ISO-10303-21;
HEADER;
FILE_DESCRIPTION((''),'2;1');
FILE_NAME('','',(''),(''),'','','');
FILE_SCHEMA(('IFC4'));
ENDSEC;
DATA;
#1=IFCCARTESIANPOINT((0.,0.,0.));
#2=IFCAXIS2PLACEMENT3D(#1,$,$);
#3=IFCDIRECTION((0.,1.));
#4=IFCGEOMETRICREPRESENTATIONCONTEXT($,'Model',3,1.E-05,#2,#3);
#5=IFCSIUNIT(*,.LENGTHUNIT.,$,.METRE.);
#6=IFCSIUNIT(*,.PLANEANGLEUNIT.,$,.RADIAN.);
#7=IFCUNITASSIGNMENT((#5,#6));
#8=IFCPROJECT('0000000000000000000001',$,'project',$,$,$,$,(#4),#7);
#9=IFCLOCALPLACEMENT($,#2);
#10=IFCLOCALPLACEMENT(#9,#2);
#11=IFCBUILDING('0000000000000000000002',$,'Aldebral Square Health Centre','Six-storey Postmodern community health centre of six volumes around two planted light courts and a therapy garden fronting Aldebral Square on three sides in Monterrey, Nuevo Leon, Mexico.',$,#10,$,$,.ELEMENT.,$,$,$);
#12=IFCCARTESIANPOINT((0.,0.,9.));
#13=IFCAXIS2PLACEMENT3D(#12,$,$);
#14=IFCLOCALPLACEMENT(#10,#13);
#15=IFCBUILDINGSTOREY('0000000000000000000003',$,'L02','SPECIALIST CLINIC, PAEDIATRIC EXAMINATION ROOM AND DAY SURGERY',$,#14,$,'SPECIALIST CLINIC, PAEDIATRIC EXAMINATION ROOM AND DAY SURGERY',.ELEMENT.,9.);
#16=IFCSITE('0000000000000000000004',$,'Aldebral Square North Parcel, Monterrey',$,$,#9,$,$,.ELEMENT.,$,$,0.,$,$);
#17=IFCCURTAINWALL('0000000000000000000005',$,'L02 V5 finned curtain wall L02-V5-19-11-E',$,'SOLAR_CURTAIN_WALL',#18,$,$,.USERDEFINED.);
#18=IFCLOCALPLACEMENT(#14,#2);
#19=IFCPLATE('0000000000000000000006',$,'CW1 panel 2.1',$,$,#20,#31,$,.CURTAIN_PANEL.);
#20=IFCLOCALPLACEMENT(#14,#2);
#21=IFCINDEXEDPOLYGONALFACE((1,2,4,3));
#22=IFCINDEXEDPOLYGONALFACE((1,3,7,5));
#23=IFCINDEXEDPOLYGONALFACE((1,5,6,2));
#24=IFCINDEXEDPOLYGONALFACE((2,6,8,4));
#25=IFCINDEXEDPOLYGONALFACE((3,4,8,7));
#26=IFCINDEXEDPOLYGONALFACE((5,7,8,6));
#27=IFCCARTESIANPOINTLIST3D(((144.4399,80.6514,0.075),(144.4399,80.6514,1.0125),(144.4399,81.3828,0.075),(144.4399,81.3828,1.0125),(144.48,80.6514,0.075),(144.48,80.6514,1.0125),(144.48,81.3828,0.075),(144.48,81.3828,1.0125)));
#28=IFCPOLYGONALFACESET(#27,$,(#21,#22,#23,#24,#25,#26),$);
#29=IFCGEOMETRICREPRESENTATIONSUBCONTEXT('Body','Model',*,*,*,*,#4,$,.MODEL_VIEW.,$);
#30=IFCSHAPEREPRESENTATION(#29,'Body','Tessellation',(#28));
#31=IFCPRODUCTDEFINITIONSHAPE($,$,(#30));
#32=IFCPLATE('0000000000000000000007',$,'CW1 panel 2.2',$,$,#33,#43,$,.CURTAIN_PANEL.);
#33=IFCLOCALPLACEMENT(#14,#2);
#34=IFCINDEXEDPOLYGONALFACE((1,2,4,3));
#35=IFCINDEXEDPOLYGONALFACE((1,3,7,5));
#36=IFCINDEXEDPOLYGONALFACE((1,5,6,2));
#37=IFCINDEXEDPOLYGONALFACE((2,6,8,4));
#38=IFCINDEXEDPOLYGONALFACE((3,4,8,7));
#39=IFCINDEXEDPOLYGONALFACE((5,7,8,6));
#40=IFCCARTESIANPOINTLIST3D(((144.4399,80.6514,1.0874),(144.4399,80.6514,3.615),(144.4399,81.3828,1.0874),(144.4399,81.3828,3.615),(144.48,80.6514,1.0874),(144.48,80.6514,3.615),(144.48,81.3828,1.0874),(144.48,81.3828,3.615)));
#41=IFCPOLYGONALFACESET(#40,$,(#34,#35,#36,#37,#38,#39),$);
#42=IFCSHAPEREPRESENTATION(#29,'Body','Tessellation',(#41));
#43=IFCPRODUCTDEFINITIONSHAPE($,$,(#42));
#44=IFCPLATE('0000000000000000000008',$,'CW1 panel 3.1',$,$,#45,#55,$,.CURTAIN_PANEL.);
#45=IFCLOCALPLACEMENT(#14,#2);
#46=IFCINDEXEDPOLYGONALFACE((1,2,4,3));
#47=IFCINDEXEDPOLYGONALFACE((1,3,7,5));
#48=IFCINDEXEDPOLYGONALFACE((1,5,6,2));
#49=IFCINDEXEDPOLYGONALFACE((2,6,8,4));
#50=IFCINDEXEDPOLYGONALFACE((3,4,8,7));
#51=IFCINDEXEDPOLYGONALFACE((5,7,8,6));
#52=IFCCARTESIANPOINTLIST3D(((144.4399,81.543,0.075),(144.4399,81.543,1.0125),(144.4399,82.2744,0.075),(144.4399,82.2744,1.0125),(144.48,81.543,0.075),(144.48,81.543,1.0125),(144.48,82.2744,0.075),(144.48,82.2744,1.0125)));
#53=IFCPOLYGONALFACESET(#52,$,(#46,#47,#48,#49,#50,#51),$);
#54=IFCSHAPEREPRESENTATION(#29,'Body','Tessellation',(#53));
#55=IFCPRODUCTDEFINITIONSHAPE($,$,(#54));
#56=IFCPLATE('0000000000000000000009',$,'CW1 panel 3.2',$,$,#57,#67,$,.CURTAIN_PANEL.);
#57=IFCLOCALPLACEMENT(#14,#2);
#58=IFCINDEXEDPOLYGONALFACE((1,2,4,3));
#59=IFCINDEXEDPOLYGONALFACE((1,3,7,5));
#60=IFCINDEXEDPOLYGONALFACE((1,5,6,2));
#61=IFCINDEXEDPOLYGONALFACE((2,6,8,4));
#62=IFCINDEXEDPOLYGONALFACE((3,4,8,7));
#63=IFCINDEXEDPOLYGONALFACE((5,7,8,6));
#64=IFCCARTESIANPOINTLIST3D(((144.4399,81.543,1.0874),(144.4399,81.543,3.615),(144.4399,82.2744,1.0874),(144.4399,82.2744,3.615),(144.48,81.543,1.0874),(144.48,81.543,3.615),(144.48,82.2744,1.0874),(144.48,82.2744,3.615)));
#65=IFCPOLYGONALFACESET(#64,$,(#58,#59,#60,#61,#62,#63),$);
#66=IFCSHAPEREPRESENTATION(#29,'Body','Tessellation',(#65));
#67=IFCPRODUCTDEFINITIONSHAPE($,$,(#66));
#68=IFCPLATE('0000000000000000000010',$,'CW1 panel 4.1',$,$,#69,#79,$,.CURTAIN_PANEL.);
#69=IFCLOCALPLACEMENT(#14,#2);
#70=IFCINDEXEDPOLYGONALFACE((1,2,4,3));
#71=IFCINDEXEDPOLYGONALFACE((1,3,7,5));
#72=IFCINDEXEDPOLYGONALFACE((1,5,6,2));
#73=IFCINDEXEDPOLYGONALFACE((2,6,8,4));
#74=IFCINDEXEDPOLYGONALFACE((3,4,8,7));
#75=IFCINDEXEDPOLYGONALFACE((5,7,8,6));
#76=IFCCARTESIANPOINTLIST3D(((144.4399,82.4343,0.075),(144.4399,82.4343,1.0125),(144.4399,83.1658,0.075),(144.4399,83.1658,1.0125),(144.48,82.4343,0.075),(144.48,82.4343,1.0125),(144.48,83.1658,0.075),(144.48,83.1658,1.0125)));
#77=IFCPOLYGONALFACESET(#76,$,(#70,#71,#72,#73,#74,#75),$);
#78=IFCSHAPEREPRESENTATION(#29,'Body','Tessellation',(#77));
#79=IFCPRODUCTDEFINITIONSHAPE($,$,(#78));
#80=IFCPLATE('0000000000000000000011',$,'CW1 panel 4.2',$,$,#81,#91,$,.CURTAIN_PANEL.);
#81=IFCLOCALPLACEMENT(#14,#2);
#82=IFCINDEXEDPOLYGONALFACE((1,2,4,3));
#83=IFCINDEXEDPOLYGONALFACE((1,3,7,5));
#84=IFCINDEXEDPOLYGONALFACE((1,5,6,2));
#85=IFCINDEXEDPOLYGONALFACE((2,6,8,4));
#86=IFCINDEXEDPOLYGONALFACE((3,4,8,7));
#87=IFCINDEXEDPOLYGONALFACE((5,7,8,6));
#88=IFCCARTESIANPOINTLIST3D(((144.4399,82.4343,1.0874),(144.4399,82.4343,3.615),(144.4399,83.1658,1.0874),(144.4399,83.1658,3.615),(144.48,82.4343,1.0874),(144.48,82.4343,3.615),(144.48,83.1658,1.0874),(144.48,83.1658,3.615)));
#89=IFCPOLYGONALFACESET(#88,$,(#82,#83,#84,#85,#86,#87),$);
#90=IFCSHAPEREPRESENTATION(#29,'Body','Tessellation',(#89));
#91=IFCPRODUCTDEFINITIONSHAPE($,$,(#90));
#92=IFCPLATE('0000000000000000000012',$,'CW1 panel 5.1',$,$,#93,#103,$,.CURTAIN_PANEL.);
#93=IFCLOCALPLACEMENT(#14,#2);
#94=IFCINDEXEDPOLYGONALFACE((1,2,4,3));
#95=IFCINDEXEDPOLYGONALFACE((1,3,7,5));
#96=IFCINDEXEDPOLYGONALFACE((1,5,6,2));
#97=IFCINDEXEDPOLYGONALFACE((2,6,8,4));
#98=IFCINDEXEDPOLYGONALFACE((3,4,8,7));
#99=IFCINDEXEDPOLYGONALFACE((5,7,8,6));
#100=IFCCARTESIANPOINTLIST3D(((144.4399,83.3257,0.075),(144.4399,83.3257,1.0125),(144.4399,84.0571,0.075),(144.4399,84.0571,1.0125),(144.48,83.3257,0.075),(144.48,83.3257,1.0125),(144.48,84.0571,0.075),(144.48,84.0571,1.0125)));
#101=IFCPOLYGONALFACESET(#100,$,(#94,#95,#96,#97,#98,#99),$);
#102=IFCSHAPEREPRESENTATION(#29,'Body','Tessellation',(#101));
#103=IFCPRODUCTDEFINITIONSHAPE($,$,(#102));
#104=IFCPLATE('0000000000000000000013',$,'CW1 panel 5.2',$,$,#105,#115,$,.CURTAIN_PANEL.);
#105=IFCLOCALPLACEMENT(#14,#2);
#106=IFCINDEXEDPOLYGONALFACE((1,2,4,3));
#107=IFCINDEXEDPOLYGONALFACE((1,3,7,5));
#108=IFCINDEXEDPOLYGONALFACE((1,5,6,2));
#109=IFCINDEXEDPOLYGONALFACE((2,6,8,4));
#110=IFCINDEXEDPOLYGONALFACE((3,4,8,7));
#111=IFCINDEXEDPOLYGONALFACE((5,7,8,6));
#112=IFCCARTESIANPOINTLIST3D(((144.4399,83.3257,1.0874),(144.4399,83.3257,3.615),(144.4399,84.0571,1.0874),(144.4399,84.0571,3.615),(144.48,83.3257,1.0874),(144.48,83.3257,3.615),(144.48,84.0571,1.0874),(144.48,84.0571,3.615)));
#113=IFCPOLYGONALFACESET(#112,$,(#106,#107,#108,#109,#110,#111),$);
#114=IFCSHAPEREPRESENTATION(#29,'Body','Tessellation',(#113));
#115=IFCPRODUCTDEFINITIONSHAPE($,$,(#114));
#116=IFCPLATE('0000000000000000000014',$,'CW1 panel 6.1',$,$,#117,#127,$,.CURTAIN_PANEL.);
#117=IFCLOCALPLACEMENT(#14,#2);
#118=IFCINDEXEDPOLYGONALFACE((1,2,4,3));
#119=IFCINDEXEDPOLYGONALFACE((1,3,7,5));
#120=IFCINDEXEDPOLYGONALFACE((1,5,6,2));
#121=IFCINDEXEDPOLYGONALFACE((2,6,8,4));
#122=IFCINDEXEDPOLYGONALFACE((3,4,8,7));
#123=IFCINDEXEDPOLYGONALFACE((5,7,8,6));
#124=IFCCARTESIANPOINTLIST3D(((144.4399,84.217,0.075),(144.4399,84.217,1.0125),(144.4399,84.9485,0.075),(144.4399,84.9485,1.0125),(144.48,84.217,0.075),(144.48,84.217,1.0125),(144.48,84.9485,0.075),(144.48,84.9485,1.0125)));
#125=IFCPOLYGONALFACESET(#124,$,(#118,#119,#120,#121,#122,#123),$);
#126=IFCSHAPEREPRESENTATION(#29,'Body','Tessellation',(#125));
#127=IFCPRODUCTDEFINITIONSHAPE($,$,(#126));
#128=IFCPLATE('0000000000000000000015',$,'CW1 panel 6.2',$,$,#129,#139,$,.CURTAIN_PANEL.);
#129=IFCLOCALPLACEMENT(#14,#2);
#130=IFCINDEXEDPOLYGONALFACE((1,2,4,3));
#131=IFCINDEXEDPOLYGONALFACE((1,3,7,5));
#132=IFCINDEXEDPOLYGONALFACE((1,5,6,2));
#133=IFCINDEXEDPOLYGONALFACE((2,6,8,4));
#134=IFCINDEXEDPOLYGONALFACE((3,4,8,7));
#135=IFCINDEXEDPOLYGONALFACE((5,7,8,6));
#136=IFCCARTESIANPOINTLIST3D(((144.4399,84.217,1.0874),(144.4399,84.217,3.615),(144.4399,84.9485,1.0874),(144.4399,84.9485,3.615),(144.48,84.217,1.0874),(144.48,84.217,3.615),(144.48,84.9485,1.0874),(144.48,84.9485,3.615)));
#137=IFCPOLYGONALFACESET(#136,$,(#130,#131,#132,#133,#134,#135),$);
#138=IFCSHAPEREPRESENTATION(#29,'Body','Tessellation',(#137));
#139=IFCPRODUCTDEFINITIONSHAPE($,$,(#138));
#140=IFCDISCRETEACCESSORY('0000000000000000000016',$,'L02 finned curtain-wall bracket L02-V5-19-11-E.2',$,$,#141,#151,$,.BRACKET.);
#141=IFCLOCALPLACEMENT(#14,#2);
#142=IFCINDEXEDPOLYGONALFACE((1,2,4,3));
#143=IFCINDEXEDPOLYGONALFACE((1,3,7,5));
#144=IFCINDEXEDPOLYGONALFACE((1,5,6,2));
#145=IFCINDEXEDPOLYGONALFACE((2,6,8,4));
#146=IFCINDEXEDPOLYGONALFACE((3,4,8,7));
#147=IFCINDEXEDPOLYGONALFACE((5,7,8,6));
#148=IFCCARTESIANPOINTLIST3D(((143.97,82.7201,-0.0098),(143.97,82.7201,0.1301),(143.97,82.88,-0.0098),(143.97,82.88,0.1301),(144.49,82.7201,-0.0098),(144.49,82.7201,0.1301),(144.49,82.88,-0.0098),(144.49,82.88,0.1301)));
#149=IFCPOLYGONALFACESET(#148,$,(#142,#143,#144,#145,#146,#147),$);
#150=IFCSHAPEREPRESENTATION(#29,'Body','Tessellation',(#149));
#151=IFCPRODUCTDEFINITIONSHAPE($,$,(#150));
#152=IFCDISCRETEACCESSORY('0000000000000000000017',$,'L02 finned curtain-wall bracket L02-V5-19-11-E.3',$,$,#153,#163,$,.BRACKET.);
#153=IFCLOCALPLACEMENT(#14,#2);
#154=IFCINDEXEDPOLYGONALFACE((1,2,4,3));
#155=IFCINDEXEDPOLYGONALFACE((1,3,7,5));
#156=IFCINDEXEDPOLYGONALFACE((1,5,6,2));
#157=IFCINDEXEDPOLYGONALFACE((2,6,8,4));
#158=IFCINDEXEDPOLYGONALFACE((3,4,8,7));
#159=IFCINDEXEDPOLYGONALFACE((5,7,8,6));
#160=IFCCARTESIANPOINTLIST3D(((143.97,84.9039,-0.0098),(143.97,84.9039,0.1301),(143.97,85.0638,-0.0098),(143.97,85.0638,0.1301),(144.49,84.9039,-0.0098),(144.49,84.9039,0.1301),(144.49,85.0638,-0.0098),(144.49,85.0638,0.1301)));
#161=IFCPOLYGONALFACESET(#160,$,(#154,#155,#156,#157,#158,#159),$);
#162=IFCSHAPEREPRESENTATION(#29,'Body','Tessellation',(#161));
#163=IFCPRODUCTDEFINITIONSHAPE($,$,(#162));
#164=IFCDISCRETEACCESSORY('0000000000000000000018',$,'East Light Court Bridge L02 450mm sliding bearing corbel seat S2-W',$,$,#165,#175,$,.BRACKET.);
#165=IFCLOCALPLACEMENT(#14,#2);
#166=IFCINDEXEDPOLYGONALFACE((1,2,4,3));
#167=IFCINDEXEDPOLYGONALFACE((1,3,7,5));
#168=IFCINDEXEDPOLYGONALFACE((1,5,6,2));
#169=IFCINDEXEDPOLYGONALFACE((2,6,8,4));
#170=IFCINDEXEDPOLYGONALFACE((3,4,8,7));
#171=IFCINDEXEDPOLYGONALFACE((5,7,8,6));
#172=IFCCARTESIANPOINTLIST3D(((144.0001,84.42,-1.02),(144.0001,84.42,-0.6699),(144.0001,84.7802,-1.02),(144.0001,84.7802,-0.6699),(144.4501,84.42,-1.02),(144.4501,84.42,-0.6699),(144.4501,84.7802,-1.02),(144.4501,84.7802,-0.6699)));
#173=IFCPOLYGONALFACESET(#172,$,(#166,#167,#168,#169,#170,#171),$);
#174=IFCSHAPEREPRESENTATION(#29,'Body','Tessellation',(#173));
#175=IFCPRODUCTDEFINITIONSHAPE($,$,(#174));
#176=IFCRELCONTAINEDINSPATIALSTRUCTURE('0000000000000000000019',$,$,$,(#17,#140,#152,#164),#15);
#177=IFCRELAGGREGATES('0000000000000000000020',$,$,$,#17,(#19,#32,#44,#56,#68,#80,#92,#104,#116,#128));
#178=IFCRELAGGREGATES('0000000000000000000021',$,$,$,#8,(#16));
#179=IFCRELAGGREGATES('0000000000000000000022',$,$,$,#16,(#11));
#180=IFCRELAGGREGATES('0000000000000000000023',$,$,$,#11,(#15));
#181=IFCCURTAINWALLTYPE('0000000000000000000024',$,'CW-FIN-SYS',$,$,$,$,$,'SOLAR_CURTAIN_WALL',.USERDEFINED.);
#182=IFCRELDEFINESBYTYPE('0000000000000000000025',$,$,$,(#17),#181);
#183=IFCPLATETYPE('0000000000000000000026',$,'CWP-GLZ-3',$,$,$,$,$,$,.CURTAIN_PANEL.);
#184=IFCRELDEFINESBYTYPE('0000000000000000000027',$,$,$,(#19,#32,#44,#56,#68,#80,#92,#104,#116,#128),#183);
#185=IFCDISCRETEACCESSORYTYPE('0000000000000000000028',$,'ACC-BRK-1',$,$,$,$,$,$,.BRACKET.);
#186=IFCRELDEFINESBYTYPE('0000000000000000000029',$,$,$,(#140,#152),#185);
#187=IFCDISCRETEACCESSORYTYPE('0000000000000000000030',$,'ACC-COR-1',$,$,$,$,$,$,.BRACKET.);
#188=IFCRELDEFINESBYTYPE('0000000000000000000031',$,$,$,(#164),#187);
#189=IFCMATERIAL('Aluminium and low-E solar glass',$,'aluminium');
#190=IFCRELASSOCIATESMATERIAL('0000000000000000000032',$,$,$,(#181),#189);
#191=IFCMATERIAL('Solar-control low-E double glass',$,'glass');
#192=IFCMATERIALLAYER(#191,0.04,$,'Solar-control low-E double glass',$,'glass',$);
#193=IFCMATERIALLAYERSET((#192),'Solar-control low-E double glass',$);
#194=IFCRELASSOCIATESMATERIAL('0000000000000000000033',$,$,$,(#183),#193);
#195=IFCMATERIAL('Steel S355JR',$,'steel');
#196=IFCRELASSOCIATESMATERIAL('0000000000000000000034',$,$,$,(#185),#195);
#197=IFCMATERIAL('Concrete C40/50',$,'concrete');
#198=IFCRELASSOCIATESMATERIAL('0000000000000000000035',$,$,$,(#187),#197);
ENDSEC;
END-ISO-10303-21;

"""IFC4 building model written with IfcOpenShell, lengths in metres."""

from ifc_helpers import new_model, si_unit, direction, frame, origin, origin_2d, place, context, subcontext, project, spatial, rectangle, extrude, material, layer, layer_set, type_object, element, aggregate, save


model = new_model("IFC4")

# Units and contexts
model_context = context("Model", 3, precision=1e-05, world=origin(), true_north=direction((0.0, 1.0)))
body_context = subcontext(model_context, "Body", "Model", "MODEL_VIEW")
ifc_project = project(units=[si_unit("LENGTHUNIT", "METRE"), si_unit("PLANEANGLEUNIT", "RADIAN")], contexts=[model_context])

# Site, building, storey
site_placement = place(None, origin())
site = spatial("IfcSite", under=ifc_project, at=site_placement, Name="Aldebral Square North Parcel, Monterrey", CompositionType="ELEMENT", RefElevation=0.0)
building_placement = place(site_placement, origin())
building = spatial("IfcBuilding", under=site, at=building_placement, Name="Aldebral Square Health Centre", Description="Six-storey Postmodern community health centre of six volumes around two planted light courts and a therapy garden fronting Aldebral Square on three sides in Monterrey, Nuevo Leon, Mexico.", CompositionType="ELEMENT")
storey_placement = place(building_placement, frame((0.0, 0.0, 9.0)))
storey = spatial("IfcBuildingStorey", under=building, at=storey_placement, Name="L02", Description="SPECIALIST CLINIC, PAEDIATRIC EXAMINATION ROOM AND DAY SURGERY", LongName="SPECIALIST CLINIC, PAEDIATRIC EXAMINATION ROOM AND DAY SURGERY", CompositionType="ELEMENT", Elevation=9.0)

# Shared definitions
ifc_material_1 = material(Name="Steel S355JR", Category="steel")

# Curtain wall, plates
ifc_material_2 = material(Name="Aluminium and low-E solar glass", Category="aluminium")
curtain_wall_type = type_object("IfcCurtainWallType", Name="CW-FIN-SYS", ElementType="SOLAR_CURTAIN_WALL", PredefinedType="USERDEFINED", material=ifc_material_2)
curtain_wall_placement = place(storey_placement, origin())
curtain_wall = element("IfcCurtainWall", 1, at=curtain_wall_placement, inside=storey, type_object=curtain_wall_type, Name="L02 V5 finned curtain wall L02-V5-19-11-E", ObjectType="SOLAR_CURTAIN_WALL", PredefinedType="USERDEFINED")
ifc_material_3 = material(Name="Solar-control low-E double glass", Category="glass")
ifc_layer = layer(ifc_material_3, 0.04, Name="Solar-control low-E double glass", Category="glass")
ifc_layer_set = layer_set([ifc_layer], Name="Solar-control low-E double glass")
plate_type = type_object("IfcPlateType", Name="CWP-GLZ-3", PredefinedType="CURTAIN_PANEL", material=ifc_layer_set)
plate_1_placement = place(storey_placement, frame((144.46, 81.0171, 0.075), z_axis=(0.0, 0.0, 1.0), x_axis=(0.0, 1.0, 0.0)))
plate_1 = element("IfcPlate", 2, at=plate_1_placement, type_object=plate_type, Name="CW1 panel 2.1", PredefinedType="CURTAIN_PANEL", context=body_context, shape_type="SweptSolid", body=[
    extrude(rectangle(XDim=0.7314, YDim=0.04, at=origin_2d()), origin(), (0.0, 0.0, 1.0), 0.9375),
])
plate_2_placement = place(storey_placement, frame((144.46, 81.0171, 1.0874), z_axis=(0.0, 0.0, 1.0), x_axis=(0.0, 1.0, 0.0)))
plate_2 = element("IfcPlate", 3, at=plate_2_placement, type_object=plate_type, Name="CW1 panel 2.2", PredefinedType="CURTAIN_PANEL", context=body_context, shape_type="SweptSolid", body=[
    extrude(rectangle(XDim=0.7314, YDim=0.04, at=origin_2d()), origin(), (0.0, 0.0, 1.0), 2.5276),
])
plate_3_placement = place(storey_placement, frame((144.46, 81.9087, 0.075), z_axis=(0.0, 0.0, 1.0), x_axis=(0.0, 1.0, 0.0)))
plate_3 = element("IfcPlate", 4, at=plate_3_placement, type_object=plate_type, Name="CW1 panel 3.1", PredefinedType="CURTAIN_PANEL", context=body_context, shape_type="SweptSolid", body=[
    extrude(rectangle(XDim=0.7314, YDim=0.04, at=origin_2d()), origin(), (0.0, 0.0, 1.0), 0.9375),
])
plate_4_placement = place(storey_placement, frame((144.46, 81.9087, 1.0874), z_axis=(0.0, 0.0, 1.0), x_axis=(0.0, 1.0, 0.0)))
plate_4 = element("IfcPlate", 5, at=plate_4_placement, type_object=plate_type, Name="CW1 panel 3.2", PredefinedType="CURTAIN_PANEL", context=body_context, shape_type="SweptSolid", body=[
    extrude(rectangle(XDim=0.7314, YDim=0.04, at=origin_2d()), origin(), (0.0, 0.0, 1.0), 2.5276),
])
plate_5_placement = place(storey_placement, frame((144.46, 82.8, 0.075), z_axis=(0.0, 0.0, 1.0), x_axis=(0.0, 1.0, 0.0)))
plate_5 = element("IfcPlate", 6, at=plate_5_placement, type_object=plate_type, Name="CW1 panel 4.1", PredefinedType="CURTAIN_PANEL", context=body_context, shape_type="SweptSolid", body=[
    extrude(rectangle(XDim=0.7314, YDim=0.04, at=origin_2d()), origin(), (0.0, 0.0, 1.0), 0.9375),
])
plate_6_placement = place(storey_placement, frame((144.46, 82.8, 1.0874), z_axis=(0.0, 0.0, 1.0), x_axis=(0.0, 1.0, 0.0)))
plate_6 = element("IfcPlate", 7, at=plate_6_placement, type_object=plate_type, Name="CW1 panel 4.2", PredefinedType="CURTAIN_PANEL", context=body_context, shape_type="SweptSolid", body=[
    extrude(rectangle(XDim=0.7314, YDim=0.04, at=origin_2d()), origin(), (0.0, 0.0, 1.0), 2.5276),
])
plate_7_placement = place(storey_placement, frame((144.46, 83.6914, 0.075), z_axis=(0.0, 0.0, 1.0), x_axis=(0.0, 1.0, 0.0)))
plate_7 = element("IfcPlate", 8, at=plate_7_placement, type_object=plate_type, Name="CW1 panel 5.1", PredefinedType="CURTAIN_PANEL", context=body_context, shape_type="SweptSolid", body=[
    extrude(rectangle(XDim=0.7314, YDim=0.04, at=origin_2d()), origin(), (0.0, 0.0, 1.0), 0.9375),
])
plate_8_placement = place(storey_placement, frame((144.46, 83.6914, 1.0874), z_axis=(0.0, 0.0, 1.0), x_axis=(0.0, 1.0, 0.0)))
plate_8 = element("IfcPlate", 9, at=plate_8_placement, type_object=plate_type, Name="CW1 panel 5.2", PredefinedType="CURTAIN_PANEL", context=body_context, shape_type="SweptSolid", body=[
    extrude(rectangle(XDim=0.7314, YDim=0.04, at=origin_2d()), origin(), (0.0, 0.0, 1.0), 2.5276),
])
plate_9_placement = place(storey_placement, frame((144.46, 84.5828, 0.075), z_axis=(0.0, 0.0, 1.0), x_axis=(0.0, 1.0, 0.0)))
plate_9 = element("IfcPlate", 10, at=plate_9_placement, type_object=plate_type, Name="CW1 panel 6.1", PredefinedType="CURTAIN_PANEL", context=body_context, shape_type="SweptSolid", body=[
    extrude(rectangle(XDim=0.7314, YDim=0.04, at=origin_2d()), origin(), (0.0, 0.0, 1.0), 0.9375),
])
plate_10_placement = place(storey_placement, frame((144.46, 84.5828, 1.0874), z_axis=(0.0, 0.0, 1.0), x_axis=(0.0, 1.0, 0.0)))
plate_10 = element("IfcPlate", 11, at=plate_10_placement, type_object=plate_type, Name="CW1 panel 6.2", PredefinedType="CURTAIN_PANEL", context=body_context, shape_type="SweptSolid", body=[
    extrude(rectangle(XDim=0.7314, YDim=0.04, at=origin_2d()), origin(), (0.0, 0.0, 1.0), 2.5276),
])
aggregate(curtain_wall, [plate_1, plate_2, plate_3, plate_4, plate_5, plate_6, plate_7, plate_8, plate_9, plate_10])

# Discrete accessories
discrete_accessory_type_1 = type_object("IfcDiscreteAccessoryType", Name="ACC-BRK-1", PredefinedType="BRACKET", material=ifc_material_1)
for number, where, z_axis, x_axis, name in (
    (12, (144.23, 82.8, -0.0098), (0.0, 0.0, 1.0), (0.0, 1.0, 0.0), "L02 finned curtain-wall bracket L02-V5-19-11-E.2"),
    (13, (144.23, 84.9839, -0.0098), (0.0, 0.0, 1.0), (0.0, 1.0, 0.0), "L02 finned curtain-wall bracket L02-V5-19-11-E.3"),
):
    element("IfcDiscreteAccessory", number, at=place(storey_placement, frame(where, z_axis=z_axis, x_axis=x_axis)), inside=storey, type_object=discrete_accessory_type_1, Name=name, PredefinedType="BRACKET", context=body_context, shape_type="SweptSolid", body=[
        extrude(rectangle(XDim=0.1599, YDim=0.52, at=origin_2d()), origin(), (0.0, 0.0, 1.0), 0.1399),
    ])
ifc_material_4 = material(Name="Concrete C40/50", Category="concrete")
discrete_accessory_type_2 = type_object("IfcDiscreteAccessoryType", Name="ACC-COR-1", PredefinedType="BRACKET", material=ifc_material_4)
discrete_accessory_placement = place(storey_placement, frame((144.2251, 84.6001, -1.02), z_axis=(0.0, 0.0, 1.0), x_axis=(1.0, 0.0, 0.0)))
element("IfcDiscreteAccessory", 14, at=discrete_accessory_placement, inside=storey, type_object=discrete_accessory_type_2, Name="East Light Court Bridge L02 450mm sliding bearing corbel seat S2-W", PredefinedType="BRACKET", context=body_context, shape_type="SweptSolid", body=[
    extrude(rectangle(XDim=0.45, YDim=0.3601, at=origin_2d()), origin(), (0.0, 0.0, 1.0), 0.3501),
])

save(model, "model.ifc")
